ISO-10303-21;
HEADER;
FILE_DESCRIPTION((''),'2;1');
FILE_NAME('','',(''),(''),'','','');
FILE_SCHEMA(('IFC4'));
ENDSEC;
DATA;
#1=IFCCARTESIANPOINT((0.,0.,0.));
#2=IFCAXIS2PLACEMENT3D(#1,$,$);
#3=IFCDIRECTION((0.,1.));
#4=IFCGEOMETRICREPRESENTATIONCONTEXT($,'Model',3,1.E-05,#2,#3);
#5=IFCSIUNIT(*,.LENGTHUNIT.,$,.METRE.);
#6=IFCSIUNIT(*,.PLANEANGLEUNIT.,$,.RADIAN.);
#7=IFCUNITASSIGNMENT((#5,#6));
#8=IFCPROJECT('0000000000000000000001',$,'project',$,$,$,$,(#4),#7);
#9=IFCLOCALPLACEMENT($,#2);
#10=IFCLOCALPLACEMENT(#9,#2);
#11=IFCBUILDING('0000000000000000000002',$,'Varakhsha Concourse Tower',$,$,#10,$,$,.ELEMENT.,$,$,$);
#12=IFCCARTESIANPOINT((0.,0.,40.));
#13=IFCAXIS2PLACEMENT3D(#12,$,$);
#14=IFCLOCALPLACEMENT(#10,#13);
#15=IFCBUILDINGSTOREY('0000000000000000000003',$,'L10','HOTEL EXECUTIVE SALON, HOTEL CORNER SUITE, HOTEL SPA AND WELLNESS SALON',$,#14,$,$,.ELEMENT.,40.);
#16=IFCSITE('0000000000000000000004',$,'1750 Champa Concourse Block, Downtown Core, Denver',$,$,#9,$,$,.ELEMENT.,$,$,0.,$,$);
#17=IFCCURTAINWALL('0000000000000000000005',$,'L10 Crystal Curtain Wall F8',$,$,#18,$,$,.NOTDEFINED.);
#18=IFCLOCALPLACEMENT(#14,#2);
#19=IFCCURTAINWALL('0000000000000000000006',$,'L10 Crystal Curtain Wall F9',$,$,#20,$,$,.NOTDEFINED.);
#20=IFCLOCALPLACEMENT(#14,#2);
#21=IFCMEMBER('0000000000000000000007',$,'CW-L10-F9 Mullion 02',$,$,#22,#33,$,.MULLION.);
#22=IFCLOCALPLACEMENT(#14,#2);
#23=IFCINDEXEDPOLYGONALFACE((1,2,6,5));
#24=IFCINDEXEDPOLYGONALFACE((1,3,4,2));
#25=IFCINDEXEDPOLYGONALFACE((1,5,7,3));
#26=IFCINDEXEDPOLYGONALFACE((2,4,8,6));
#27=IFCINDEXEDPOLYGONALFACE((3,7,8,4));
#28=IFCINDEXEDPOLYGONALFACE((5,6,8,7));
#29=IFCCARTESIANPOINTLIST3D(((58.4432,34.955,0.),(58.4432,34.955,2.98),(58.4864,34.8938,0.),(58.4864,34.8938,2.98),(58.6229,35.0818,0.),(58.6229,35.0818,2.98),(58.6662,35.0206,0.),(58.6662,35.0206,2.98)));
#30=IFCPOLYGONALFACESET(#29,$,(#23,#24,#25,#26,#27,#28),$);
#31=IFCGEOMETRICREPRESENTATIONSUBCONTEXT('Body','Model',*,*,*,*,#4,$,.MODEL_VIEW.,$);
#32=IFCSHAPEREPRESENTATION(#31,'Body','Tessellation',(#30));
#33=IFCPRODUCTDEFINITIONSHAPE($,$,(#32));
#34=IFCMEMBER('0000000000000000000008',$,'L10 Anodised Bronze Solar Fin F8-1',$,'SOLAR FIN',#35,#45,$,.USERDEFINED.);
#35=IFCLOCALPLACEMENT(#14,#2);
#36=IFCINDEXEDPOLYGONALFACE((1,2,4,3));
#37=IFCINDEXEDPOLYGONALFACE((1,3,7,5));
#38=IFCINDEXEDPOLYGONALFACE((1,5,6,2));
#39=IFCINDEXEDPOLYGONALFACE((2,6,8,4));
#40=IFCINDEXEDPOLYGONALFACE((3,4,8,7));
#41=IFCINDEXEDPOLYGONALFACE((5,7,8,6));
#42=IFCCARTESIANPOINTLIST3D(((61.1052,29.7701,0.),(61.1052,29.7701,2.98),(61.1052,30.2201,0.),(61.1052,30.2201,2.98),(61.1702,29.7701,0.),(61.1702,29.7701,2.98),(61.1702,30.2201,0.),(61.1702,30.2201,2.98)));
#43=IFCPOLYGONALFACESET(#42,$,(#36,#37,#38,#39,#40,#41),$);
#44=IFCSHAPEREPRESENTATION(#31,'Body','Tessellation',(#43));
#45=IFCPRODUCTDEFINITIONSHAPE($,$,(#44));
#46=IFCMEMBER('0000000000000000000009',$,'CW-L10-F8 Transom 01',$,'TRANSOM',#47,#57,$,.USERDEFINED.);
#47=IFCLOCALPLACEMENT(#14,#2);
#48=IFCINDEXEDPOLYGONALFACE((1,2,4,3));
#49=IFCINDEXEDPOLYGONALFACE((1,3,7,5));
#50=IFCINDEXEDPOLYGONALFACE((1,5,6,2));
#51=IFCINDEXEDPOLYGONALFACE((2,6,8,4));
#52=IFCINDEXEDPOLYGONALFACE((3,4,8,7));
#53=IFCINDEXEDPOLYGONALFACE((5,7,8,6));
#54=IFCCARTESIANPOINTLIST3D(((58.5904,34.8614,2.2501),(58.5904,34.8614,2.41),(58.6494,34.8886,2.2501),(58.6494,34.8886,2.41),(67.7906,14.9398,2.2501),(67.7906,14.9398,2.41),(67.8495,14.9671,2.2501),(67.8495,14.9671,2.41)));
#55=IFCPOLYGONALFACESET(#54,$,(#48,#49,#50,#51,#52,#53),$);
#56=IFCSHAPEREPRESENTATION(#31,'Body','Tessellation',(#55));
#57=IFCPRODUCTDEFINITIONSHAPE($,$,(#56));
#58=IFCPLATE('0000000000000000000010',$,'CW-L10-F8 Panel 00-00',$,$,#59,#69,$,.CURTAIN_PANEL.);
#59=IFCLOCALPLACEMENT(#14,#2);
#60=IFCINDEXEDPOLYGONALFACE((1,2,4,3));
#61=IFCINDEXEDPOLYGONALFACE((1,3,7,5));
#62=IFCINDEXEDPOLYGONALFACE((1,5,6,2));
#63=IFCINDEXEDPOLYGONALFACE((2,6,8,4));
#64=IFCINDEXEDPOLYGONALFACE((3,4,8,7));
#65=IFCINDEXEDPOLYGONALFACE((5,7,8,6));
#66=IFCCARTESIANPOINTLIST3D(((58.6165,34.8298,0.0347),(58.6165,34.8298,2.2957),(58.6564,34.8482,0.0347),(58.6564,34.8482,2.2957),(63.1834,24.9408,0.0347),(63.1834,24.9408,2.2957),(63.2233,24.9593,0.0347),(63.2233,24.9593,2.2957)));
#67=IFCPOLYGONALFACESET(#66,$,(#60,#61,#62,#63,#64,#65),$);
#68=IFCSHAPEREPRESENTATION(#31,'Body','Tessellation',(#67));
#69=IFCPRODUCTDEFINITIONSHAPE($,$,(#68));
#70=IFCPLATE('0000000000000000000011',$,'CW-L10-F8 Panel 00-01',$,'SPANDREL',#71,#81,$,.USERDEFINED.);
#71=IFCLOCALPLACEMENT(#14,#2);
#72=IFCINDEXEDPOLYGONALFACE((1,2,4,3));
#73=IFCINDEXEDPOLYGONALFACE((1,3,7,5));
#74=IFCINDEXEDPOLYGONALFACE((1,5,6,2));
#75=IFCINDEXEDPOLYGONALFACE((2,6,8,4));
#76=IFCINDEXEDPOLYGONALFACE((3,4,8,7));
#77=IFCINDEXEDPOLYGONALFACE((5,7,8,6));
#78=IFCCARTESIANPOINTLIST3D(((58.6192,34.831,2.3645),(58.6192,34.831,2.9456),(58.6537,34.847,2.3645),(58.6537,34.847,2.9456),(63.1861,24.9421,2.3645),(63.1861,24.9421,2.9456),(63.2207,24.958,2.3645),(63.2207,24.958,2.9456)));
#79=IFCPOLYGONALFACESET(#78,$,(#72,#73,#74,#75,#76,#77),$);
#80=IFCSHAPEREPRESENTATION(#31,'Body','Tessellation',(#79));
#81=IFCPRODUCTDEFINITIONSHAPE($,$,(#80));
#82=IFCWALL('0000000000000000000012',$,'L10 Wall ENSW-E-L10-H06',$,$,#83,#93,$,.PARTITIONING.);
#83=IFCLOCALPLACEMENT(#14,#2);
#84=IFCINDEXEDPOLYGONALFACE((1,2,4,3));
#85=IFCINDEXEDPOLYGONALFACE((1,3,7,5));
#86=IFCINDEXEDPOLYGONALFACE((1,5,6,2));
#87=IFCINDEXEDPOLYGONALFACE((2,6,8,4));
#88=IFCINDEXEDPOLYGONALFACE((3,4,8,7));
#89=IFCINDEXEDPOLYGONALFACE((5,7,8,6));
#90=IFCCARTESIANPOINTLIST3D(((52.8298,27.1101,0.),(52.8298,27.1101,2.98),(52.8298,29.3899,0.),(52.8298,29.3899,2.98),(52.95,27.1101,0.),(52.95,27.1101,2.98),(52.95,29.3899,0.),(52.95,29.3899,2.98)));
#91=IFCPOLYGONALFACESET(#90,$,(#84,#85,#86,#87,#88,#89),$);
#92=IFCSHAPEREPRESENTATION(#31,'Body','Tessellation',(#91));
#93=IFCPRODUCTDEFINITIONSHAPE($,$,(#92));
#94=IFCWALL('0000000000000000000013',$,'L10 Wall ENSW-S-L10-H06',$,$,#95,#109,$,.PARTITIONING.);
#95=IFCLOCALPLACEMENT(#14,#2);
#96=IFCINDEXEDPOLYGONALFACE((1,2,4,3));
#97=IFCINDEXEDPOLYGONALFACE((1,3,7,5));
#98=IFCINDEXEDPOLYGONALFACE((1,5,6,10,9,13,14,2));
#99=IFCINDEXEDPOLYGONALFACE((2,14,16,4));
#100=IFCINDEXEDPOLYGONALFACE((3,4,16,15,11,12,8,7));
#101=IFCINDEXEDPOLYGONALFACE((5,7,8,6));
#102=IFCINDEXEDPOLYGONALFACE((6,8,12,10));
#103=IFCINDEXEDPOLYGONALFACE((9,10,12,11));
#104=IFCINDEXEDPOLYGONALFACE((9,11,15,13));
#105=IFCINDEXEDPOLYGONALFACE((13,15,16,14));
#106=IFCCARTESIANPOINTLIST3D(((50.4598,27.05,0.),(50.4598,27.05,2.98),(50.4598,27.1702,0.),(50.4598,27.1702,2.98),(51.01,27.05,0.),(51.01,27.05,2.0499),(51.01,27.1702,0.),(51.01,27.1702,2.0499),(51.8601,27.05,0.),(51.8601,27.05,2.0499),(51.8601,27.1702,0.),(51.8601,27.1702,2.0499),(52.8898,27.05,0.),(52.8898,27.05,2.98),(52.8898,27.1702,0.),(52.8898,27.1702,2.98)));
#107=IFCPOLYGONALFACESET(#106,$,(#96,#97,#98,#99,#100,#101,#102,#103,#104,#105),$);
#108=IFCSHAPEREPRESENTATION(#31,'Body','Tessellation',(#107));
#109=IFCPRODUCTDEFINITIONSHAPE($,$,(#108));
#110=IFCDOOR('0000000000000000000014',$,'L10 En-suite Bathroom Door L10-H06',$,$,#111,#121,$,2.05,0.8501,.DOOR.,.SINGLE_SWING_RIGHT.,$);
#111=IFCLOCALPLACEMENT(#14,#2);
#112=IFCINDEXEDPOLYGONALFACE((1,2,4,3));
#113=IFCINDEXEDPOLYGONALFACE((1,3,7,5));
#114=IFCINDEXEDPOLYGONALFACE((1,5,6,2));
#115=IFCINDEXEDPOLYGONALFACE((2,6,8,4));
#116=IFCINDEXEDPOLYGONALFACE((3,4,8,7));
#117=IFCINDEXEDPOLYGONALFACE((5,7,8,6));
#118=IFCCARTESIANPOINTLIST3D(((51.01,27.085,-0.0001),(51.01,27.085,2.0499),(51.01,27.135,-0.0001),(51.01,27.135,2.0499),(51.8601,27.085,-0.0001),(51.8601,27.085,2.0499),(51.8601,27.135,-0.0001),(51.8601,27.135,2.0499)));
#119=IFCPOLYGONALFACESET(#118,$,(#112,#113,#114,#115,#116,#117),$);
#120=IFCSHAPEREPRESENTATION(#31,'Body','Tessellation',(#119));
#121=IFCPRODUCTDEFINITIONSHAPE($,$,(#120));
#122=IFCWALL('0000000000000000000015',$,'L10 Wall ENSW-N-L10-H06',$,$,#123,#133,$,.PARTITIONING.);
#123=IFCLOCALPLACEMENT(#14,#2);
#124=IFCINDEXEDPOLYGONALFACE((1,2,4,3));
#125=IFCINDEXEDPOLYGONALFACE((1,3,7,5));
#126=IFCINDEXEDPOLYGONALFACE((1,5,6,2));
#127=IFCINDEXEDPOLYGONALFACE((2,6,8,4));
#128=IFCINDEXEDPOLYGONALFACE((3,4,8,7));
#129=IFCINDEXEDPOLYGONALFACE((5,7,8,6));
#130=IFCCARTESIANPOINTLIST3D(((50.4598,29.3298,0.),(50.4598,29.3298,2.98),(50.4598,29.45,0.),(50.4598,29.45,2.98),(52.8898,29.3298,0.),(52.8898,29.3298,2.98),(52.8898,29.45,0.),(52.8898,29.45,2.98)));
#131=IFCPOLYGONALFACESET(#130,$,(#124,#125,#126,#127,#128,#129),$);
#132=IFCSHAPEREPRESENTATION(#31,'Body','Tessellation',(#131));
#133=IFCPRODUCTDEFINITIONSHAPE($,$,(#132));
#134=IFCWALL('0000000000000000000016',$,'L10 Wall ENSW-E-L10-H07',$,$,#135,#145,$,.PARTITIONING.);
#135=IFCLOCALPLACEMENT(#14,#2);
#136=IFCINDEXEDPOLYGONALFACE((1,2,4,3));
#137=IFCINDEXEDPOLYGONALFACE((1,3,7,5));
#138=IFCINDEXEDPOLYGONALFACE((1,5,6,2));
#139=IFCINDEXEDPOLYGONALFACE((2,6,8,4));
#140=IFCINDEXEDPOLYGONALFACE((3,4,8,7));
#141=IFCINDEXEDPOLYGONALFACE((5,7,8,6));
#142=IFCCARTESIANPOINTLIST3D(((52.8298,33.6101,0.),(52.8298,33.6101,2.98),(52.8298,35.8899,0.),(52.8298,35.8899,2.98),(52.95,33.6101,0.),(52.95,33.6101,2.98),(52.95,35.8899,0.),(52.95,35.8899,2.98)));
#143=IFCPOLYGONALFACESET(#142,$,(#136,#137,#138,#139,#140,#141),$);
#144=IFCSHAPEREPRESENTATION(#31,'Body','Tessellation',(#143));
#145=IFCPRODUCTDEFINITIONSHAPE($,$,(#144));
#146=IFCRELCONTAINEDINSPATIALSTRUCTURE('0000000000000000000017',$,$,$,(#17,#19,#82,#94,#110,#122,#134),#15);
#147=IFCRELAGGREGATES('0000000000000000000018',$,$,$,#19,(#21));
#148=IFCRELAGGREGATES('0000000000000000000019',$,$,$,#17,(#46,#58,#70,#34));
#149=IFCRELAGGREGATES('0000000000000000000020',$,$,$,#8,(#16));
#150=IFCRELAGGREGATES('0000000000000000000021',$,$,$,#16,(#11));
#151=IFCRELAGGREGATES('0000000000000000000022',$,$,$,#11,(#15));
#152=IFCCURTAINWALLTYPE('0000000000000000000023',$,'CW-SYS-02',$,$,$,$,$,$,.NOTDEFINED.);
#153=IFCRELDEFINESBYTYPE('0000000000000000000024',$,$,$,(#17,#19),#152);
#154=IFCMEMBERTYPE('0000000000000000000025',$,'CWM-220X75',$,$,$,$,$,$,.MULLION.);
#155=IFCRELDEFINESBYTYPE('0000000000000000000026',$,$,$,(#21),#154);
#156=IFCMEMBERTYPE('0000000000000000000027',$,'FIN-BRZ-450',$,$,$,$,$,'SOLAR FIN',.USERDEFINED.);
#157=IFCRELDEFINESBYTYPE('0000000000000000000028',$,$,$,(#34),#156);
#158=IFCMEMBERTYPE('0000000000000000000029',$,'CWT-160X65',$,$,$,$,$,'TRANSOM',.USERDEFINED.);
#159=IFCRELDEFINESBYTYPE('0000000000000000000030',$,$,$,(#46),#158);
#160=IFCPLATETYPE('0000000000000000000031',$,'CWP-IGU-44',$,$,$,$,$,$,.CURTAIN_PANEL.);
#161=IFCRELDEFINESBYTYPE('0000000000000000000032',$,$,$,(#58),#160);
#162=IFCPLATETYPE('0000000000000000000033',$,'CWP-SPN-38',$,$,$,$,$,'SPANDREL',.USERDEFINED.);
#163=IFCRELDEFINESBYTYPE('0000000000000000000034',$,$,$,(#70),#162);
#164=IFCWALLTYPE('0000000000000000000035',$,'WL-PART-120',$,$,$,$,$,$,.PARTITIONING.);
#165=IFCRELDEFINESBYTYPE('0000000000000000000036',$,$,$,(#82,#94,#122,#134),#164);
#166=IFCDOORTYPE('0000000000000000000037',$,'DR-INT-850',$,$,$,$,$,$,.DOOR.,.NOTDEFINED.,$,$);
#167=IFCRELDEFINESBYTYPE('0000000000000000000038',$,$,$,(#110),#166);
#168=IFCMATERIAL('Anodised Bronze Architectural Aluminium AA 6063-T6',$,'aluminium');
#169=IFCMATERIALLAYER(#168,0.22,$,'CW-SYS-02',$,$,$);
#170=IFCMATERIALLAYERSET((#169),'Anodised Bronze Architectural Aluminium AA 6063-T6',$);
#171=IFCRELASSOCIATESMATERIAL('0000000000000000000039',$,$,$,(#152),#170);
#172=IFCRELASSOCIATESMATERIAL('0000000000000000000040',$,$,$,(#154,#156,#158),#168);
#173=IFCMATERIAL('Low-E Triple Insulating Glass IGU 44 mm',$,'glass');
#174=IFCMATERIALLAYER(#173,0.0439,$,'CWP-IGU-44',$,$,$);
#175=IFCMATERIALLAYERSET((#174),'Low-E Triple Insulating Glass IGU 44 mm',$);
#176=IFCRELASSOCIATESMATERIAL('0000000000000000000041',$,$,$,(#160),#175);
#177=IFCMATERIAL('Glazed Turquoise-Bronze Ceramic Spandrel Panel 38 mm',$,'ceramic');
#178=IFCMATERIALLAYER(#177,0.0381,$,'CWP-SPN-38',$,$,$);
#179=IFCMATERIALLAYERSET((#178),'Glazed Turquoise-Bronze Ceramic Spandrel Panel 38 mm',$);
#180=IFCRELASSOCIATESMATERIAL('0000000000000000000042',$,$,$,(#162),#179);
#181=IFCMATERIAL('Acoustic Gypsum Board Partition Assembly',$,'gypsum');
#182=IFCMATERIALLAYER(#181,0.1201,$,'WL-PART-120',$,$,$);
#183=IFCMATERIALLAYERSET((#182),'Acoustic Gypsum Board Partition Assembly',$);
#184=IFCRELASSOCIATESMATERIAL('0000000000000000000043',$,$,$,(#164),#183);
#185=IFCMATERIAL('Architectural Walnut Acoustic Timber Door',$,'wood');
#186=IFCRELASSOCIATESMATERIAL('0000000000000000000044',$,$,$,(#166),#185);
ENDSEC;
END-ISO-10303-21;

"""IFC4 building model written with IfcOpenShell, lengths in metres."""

from ifc_helpers import new_model, si_unit, direction, frame, frame_2d, origin, origin_2d, place, context, subcontext, project, spatial, rectangle, extrude, source, transform, mapped, material, layer, layer_set, material_profile, profile_set, type_object, type_shapes, element, fill, aggregate, save


model = new_model("IFC4")

# Units and contexts
model_context = context("Model", 3, precision=1e-05, world=origin(), true_north=direction((0.0, 1.0)))
body_context = subcontext(model_context, "Body", "Model", "MODEL_VIEW")
ifc_project = project(units=[si_unit("LENGTHUNIT", "METRE"), si_unit("PLANEANGLEUNIT", "RADIAN")], contexts=[model_context])

# Site, building, storey
site_placement = place(None, origin())
site = spatial("IfcSite", under=ifc_project, at=site_placement, Name="1750 Champa Concourse Block, Downtown Core, Denver", CompositionType="ELEMENT", RefElevation=0.0)
building_placement = place(site_placement, origin())
building = spatial("IfcBuilding", under=site, at=building_placement, Name="Varakhsha Concourse Tower", CompositionType="ELEMENT")
storey_placement = place(building_placement, frame((0.0, 0.0, 40.0)))
storey = spatial("IfcBuildingStorey", under=building, at=storey_placement, Name="L10", Description="HOTEL EXECUTIVE SALON, HOTEL CORNER SUITE, HOTEL SPA AND WELLNESS SALON", CompositionType="ELEMENT", Elevation=40.0)

# Curtain wall
ifc_material_1 = material(Name="Anodised Bronze Architectural Aluminium AA 6063-T6", Category="aluminium")
ifc_layer_1 = layer(ifc_material_1, 0.22, Name="CW-SYS-02")
ifc_layer_set_1 = layer_set([ifc_layer_1], Name="Anodised Bronze Architectural Aluminium AA 6063-T6")
curtain_wall_type = type_object("IfcCurtainWallType", Name="CW-SYS-02", PredefinedType="NOTDEFINED", material=ifc_layer_set_1)
curtain_wall_1_placement = place(storey_placement, origin())
curtain_wall_1 = element("IfcCurtainWall", 1, at=curtain_wall_1_placement, inside=storey, type_object=curtain_wall_type, Name="L10 Crystal Curtain Wall F8", PredefinedType="NOTDEFINED")
ifc_material_profile_1 = material_profile(ifc_material_1, rectangle(XDim=0.075, YDim=0.22, at=origin_2d()), Name="CWM-220X75")
ifc_profile_set_1 = profile_set([ifc_material_profile_1], Name="Anodised Bronze Architectural Aluminium AA 6063-T6")
member_type_1 = type_object("IfcMemberType", Name="CWM-220X75", PredefinedType="MULLION", material=ifc_profile_set_1)
shared_shape_1 = source(origin(), body_context, "Body", "SweptSolid", [
    extrude(rectangle(XDim=0.075, YDim=0.22, at=origin_2d()), origin(), (0.0, 0.0, 1.0), 2.98),
])
type_shapes(member_type_1, [shared_shape_1])

# Curtain wall, member
curtain_wall_2_placement = place(storey_placement, origin())
curtain_wall_2 = element("IfcCurtainWall", 2, at=curtain_wall_2_placement, inside=storey, type_object=curtain_wall_type, Name="L10 Crystal Curtain Wall F9", PredefinedType="NOTDEFINED")
member_1_placement = place(storey_placement, frame((58.5547, 34.9878, 0.0), z_axis=(0.0, 0.0, 1.0), x_axis=(0.576593, -0.817031, 0.0)))
member_1 = element("IfcMember", 3, at=member_1_placement, type_object=member_type_1, Name="CW-L10-F9 Mullion 02", PredefinedType="MULLION", context=body_context, shape_type="MappedRepresentation", body=[
    mapped(shared_shape_1, transform((0.0, 0.0, 0.0), scale=1.0)),
])
aggregate(curtain_wall_2, [member_1])

# Members
ifc_material_profile_2 = material_profile(ifc_material_1, rectangle(XDim=0.0649, YDim=0.45, at=origin_2d()), Name="FIN-BRZ-450")
ifc_profile_set_2 = profile_set([ifc_material_profile_2], Name="Anodised Bronze Architectural Aluminium AA 6063-T6")
member_type_2 = type_object("IfcMemberType", Name="FIN-BRZ-450", ElementType="SOLAR FIN", PredefinedType="USERDEFINED", material=ifc_profile_set_2)
shared_shape_2 = source(origin(), body_context, "Body", "SweptSolid", [
    extrude(rectangle(XDim=0.0649, YDim=0.45, at=origin_2d()), origin(), (0.0, 0.0, 1.0), 2.98),
])
type_shapes(member_type_2, [shared_shape_2])
member_2_placement = place(storey_placement, frame((61.1377, 29.9951, 0.0), z_axis=(0.0, 0.0, 1.0), x_axis=(1.0, 0.0, 0.0)))
member_2 = element("IfcMember", 4, at=member_2_placement, type_object=member_type_2, Name="L10 Anodised Bronze Solar Fin F8-1", ObjectType="SOLAR FIN", PredefinedType="USERDEFINED", context=body_context, shape_type="MappedRepresentation", body=[
    mapped(shared_shape_2, transform((0.0, 0.0, 0.0), scale=1.0)),
])
ifc_material_profile_3 = material_profile(ifc_material_1, rectangle(XDim=0.0649, YDim=0.1599, at=origin_2d()), Name="CWT-160X65")
ifc_profile_set_3 = profile_set([ifc_material_profile_3], Name="Anodised Bronze Architectural Aluminium AA 6063-T6")
member_type_3 = type_object("IfcMemberType", Name="CWT-160X65", ElementType="TRANSOM", PredefinedType="USERDEFINED", material=ifc_profile_set_3)
shared_shape_3 = source(origin(), body_context, "Body", "SweptSolid", [
    extrude(rectangle(XDim=0.0649, YDim=0.1599, at=origin_2d()), origin(), (0.0, 0.0, 1.0), 21.9434),
])
type_shapes(member_type_3, [shared_shape_3])
member_3_placement = place(storey_placement, frame((58.6199, 34.875, 2.3301), z_axis=(0.419268, -0.907862, 0.0), x_axis=(0.907862, 0.419268, 0.0)))
member_3 = element("IfcMember", 5, at=member_3_placement, type_object=member_type_3, Name="CW-L10-F8 Transom 01", ObjectType="TRANSOM", PredefinedType="USERDEFINED", context=body_context, shape_type="MappedRepresentation", body=[
    mapped(shared_shape_3, transform((0.0, 0.0, 0.0), scale=1.0)),
])

# Plates
ifc_material_2 = material(Name="Low-E Triple Insulating Glass IGU 44 mm", Category="glass")
ifc_layer_2 = layer(ifc_material_2, 0.0439, Name="CWP-IGU-44")
ifc_layer_set_2 = layer_set([ifc_layer_2], Name="Low-E Triple Insulating Glass IGU 44 mm")
plate_type_1 = type_object("IfcPlateType", Name="CWP-IGU-44", PredefinedType="CURTAIN_PANEL", material=ifc_layer_set_2)
shared_shape_4 = source(origin(), body_context, "Body", "SweptSolid", [
    extrude(rectangle(XDim=10.8926, YDim=0.0439, at=origin_2d()), origin(), (0.0, 0.0, 1.0), 2.261),
])
type_shapes(plate_type_1, [shared_shape_4])
plate_1_placement = place(storey_placement, frame((60.9199, 29.8945, 0.0347), z_axis=(0.0, 0.0, 1.0), x_axis=(0.41927, -0.907862, 0.0)))
plate_1 = element("IfcPlate", 6, at=plate_1_placement, type_object=plate_type_1, Name="CW-L10-F8 Panel 00-00", PredefinedType="CURTAIN_PANEL", context=body_context, shape_type="MappedRepresentation", body=[
    mapped(shared_shape_4, transform((0.0, 0.0, 0.0), scale=1.0)),
])
ifc_material_3 = material(Name="Glazed Turquoise-Bronze Ceramic Spandrel Panel 38 mm", Category="ceramic")
ifc_layer_3 = layer(ifc_material_3, 0.0381, Name="CWP-SPN-38")
ifc_layer_set_3 = layer_set([ifc_layer_3], Name="Glazed Turquoise-Bronze Ceramic Spandrel Panel 38 mm")
plate_type_2 = type_object("IfcPlateType", Name="CWP-SPN-38", ElementType="SPANDREL", PredefinedType="USERDEFINED", material=ifc_layer_set_3)
shared_shape_5 = source(origin(), body_context, "Body", "SweptSolid", [
    extrude(rectangle(XDim=10.8926, YDim=0.0381, at=origin_2d()), origin(), (0.0, 0.0, 1.0), 0.5811),
])
type_shapes(plate_type_2, [shared_shape_5])
plate_2_placement = place(storey_placement, frame((60.9199, 29.8945, 2.3645), z_axis=(0.0, 0.0, 1.0), x_axis=(0.41927, -0.907862, 0.0)))
plate_2 = element("IfcPlate", 7, at=plate_2_placement, type_object=plate_type_2, Name="CW-L10-F8 Panel 00-01", ObjectType="SPANDREL", PredefinedType="USERDEFINED", context=body_context, shape_type="MappedRepresentation", body=[
    mapped(shared_shape_5, transform((0.0, 0.0, 0.0), scale=1.0)),
])
aggregate(curtain_wall_1, [member_3, plate_1, plate_2, member_2])

# Wall
ifc_material_4 = material(Name="Acoustic Gypsum Board Partition Assembly", Category="gypsum")
ifc_layer_4 = layer(ifc_material_4, 0.1201, Name="WL-PART-120")
ifc_layer_set_4 = layer_set([ifc_layer_4], Name="Acoustic Gypsum Board Partition Assembly")
wall_type_1 = type_object("IfcWallType", Name="WL-PART-120", PredefinedType="PARTITIONING", material=ifc_layer_set_4)
wall_1_placement = place(storey_placement, frame((52.8899, 27.1101, 0.0), z_axis=(0.0, 0.0, 1.0), x_axis=(0.0, 1.0, 0.0)))
element("IfcWall", 8, at=wall_1_placement, inside=storey, type_object=wall_type_1, Name="L10 Wall ENSW-E-L10-H06", PredefinedType="PARTITIONING", context=body_context, shape_type="SweptSolid", body=[
    extrude(rectangle(XDim=2.2798, YDim=0.1201, at=frame_2d((1.1399, 0.0))), origin(), (0.0, 0.0, 1.0), 2.98),
])

# Wall, opening, door
wall_2_placement = place(storey_placement, frame((50.46, 27.1101, 0.0), z_axis=(0.0, 0.0, 1.0), x_axis=(1.0, 0.0, 0.0)))
wall_2 = element("IfcWall", 9, at=wall_2_placement, inside=storey, type_object=wall_type_1, Name="L10 Wall ENSW-S-L10-H06", PredefinedType="PARTITIONING", context=body_context, shape_type="SweptSolid", body=[
    extrude(rectangle(XDim=2.4299, YDim=0.1201, at=frame_2d((1.2148, 0.0))), origin(), (0.0, 0.0, 1.0), 2.98),
])
opening_1_placement = place(wall_2_placement, frame((0.55, 0.0, 0.0)))
opening_1 = element("IfcOpeningElement", 10, at=opening_1_placement, cuts=wall_2, PredefinedType="OPENING", context=body_context, shape_type="SweptSolid", body=[
    extrude(rectangle(XDim=0.8501, YDim=2.05, at=frame_2d((0.425, 1.0249))), frame((0.0, 0.0701, 0.0), z_axis=(0.0, -1.0, 0.0), x_axis=(1.0, 0.0, 0.0)), (0.0, 0.0, 1.0), 0.1401),
])
ifc_material_5 = material(Name="Architectural Walnut Acoustic Timber Door", Category="wood")
door_type = type_object("IfcDoorType", Name="DR-INT-850", OperationType="NOTDEFINED", PredefinedType="DOOR", material=ifc_material_5)
door_1_placement = place(opening_1_placement, origin())
door_1 = element("IfcDoor", 11, at=door_1_placement, inside=storey, type_object=door_type, Name="L10 En-suite Bathroom Door L10-H06", OperationType="SINGLE_SWING_RIGHT", OverallHeight=2.05, OverallWidth=0.8501, PredefinedType="DOOR", context=body_context, shape_type="SweptSolid", body=[
    extrude(rectangle(XDim=0.8501, YDim=2.05, at=frame_2d((0.425, 1.0249))), frame((0.0, 0.0249, 0.0), z_axis=(0.0, -1.0, 0.0), x_axis=(1.0, 0.0, 0.0)), (0.0, 0.0, 1.0), 0.05),
])
fill(opening_1, door_1)

# Walls
wall_3_placement = place(storey_placement, frame((50.46, 29.3899, 0.0), z_axis=(0.0, 0.0, 1.0), x_axis=(1.0, 0.0, 0.0)))
element("IfcWall", 12, at=wall_3_placement, inside=storey, type_object=wall_type_1, Name="L10 Wall ENSW-N-L10-H06", PredefinedType="PARTITIONING", context=body_context, shape_type="SweptSolid", body=[
    extrude(rectangle(XDim=2.4299, YDim=0.1201, at=frame_2d((1.2148, 0.0))), origin(), (0.0, 0.0, 1.0), 2.98),
])
wall_4_placement = place(storey_placement, frame((52.8899, 33.6101, 0.0), z_axis=(0.0, 0.0, 1.0), x_axis=(0.0, 1.0, 0.0)))
element("IfcWall", 13, at=wall_4_placement, inside=storey, type_object=wall_type_1, Name="L10 Wall ENSW-E-L10-H07", PredefinedType="PARTITIONING", context=body_context, shape_type="SweptSolid", body=[
    extrude(rectangle(XDim=2.2798, YDim=0.1201, at=frame_2d((1.1399, 0.0))), origin(), (0.0, 0.0, 1.0), 2.98),
])

save(model, "model.ifc")
